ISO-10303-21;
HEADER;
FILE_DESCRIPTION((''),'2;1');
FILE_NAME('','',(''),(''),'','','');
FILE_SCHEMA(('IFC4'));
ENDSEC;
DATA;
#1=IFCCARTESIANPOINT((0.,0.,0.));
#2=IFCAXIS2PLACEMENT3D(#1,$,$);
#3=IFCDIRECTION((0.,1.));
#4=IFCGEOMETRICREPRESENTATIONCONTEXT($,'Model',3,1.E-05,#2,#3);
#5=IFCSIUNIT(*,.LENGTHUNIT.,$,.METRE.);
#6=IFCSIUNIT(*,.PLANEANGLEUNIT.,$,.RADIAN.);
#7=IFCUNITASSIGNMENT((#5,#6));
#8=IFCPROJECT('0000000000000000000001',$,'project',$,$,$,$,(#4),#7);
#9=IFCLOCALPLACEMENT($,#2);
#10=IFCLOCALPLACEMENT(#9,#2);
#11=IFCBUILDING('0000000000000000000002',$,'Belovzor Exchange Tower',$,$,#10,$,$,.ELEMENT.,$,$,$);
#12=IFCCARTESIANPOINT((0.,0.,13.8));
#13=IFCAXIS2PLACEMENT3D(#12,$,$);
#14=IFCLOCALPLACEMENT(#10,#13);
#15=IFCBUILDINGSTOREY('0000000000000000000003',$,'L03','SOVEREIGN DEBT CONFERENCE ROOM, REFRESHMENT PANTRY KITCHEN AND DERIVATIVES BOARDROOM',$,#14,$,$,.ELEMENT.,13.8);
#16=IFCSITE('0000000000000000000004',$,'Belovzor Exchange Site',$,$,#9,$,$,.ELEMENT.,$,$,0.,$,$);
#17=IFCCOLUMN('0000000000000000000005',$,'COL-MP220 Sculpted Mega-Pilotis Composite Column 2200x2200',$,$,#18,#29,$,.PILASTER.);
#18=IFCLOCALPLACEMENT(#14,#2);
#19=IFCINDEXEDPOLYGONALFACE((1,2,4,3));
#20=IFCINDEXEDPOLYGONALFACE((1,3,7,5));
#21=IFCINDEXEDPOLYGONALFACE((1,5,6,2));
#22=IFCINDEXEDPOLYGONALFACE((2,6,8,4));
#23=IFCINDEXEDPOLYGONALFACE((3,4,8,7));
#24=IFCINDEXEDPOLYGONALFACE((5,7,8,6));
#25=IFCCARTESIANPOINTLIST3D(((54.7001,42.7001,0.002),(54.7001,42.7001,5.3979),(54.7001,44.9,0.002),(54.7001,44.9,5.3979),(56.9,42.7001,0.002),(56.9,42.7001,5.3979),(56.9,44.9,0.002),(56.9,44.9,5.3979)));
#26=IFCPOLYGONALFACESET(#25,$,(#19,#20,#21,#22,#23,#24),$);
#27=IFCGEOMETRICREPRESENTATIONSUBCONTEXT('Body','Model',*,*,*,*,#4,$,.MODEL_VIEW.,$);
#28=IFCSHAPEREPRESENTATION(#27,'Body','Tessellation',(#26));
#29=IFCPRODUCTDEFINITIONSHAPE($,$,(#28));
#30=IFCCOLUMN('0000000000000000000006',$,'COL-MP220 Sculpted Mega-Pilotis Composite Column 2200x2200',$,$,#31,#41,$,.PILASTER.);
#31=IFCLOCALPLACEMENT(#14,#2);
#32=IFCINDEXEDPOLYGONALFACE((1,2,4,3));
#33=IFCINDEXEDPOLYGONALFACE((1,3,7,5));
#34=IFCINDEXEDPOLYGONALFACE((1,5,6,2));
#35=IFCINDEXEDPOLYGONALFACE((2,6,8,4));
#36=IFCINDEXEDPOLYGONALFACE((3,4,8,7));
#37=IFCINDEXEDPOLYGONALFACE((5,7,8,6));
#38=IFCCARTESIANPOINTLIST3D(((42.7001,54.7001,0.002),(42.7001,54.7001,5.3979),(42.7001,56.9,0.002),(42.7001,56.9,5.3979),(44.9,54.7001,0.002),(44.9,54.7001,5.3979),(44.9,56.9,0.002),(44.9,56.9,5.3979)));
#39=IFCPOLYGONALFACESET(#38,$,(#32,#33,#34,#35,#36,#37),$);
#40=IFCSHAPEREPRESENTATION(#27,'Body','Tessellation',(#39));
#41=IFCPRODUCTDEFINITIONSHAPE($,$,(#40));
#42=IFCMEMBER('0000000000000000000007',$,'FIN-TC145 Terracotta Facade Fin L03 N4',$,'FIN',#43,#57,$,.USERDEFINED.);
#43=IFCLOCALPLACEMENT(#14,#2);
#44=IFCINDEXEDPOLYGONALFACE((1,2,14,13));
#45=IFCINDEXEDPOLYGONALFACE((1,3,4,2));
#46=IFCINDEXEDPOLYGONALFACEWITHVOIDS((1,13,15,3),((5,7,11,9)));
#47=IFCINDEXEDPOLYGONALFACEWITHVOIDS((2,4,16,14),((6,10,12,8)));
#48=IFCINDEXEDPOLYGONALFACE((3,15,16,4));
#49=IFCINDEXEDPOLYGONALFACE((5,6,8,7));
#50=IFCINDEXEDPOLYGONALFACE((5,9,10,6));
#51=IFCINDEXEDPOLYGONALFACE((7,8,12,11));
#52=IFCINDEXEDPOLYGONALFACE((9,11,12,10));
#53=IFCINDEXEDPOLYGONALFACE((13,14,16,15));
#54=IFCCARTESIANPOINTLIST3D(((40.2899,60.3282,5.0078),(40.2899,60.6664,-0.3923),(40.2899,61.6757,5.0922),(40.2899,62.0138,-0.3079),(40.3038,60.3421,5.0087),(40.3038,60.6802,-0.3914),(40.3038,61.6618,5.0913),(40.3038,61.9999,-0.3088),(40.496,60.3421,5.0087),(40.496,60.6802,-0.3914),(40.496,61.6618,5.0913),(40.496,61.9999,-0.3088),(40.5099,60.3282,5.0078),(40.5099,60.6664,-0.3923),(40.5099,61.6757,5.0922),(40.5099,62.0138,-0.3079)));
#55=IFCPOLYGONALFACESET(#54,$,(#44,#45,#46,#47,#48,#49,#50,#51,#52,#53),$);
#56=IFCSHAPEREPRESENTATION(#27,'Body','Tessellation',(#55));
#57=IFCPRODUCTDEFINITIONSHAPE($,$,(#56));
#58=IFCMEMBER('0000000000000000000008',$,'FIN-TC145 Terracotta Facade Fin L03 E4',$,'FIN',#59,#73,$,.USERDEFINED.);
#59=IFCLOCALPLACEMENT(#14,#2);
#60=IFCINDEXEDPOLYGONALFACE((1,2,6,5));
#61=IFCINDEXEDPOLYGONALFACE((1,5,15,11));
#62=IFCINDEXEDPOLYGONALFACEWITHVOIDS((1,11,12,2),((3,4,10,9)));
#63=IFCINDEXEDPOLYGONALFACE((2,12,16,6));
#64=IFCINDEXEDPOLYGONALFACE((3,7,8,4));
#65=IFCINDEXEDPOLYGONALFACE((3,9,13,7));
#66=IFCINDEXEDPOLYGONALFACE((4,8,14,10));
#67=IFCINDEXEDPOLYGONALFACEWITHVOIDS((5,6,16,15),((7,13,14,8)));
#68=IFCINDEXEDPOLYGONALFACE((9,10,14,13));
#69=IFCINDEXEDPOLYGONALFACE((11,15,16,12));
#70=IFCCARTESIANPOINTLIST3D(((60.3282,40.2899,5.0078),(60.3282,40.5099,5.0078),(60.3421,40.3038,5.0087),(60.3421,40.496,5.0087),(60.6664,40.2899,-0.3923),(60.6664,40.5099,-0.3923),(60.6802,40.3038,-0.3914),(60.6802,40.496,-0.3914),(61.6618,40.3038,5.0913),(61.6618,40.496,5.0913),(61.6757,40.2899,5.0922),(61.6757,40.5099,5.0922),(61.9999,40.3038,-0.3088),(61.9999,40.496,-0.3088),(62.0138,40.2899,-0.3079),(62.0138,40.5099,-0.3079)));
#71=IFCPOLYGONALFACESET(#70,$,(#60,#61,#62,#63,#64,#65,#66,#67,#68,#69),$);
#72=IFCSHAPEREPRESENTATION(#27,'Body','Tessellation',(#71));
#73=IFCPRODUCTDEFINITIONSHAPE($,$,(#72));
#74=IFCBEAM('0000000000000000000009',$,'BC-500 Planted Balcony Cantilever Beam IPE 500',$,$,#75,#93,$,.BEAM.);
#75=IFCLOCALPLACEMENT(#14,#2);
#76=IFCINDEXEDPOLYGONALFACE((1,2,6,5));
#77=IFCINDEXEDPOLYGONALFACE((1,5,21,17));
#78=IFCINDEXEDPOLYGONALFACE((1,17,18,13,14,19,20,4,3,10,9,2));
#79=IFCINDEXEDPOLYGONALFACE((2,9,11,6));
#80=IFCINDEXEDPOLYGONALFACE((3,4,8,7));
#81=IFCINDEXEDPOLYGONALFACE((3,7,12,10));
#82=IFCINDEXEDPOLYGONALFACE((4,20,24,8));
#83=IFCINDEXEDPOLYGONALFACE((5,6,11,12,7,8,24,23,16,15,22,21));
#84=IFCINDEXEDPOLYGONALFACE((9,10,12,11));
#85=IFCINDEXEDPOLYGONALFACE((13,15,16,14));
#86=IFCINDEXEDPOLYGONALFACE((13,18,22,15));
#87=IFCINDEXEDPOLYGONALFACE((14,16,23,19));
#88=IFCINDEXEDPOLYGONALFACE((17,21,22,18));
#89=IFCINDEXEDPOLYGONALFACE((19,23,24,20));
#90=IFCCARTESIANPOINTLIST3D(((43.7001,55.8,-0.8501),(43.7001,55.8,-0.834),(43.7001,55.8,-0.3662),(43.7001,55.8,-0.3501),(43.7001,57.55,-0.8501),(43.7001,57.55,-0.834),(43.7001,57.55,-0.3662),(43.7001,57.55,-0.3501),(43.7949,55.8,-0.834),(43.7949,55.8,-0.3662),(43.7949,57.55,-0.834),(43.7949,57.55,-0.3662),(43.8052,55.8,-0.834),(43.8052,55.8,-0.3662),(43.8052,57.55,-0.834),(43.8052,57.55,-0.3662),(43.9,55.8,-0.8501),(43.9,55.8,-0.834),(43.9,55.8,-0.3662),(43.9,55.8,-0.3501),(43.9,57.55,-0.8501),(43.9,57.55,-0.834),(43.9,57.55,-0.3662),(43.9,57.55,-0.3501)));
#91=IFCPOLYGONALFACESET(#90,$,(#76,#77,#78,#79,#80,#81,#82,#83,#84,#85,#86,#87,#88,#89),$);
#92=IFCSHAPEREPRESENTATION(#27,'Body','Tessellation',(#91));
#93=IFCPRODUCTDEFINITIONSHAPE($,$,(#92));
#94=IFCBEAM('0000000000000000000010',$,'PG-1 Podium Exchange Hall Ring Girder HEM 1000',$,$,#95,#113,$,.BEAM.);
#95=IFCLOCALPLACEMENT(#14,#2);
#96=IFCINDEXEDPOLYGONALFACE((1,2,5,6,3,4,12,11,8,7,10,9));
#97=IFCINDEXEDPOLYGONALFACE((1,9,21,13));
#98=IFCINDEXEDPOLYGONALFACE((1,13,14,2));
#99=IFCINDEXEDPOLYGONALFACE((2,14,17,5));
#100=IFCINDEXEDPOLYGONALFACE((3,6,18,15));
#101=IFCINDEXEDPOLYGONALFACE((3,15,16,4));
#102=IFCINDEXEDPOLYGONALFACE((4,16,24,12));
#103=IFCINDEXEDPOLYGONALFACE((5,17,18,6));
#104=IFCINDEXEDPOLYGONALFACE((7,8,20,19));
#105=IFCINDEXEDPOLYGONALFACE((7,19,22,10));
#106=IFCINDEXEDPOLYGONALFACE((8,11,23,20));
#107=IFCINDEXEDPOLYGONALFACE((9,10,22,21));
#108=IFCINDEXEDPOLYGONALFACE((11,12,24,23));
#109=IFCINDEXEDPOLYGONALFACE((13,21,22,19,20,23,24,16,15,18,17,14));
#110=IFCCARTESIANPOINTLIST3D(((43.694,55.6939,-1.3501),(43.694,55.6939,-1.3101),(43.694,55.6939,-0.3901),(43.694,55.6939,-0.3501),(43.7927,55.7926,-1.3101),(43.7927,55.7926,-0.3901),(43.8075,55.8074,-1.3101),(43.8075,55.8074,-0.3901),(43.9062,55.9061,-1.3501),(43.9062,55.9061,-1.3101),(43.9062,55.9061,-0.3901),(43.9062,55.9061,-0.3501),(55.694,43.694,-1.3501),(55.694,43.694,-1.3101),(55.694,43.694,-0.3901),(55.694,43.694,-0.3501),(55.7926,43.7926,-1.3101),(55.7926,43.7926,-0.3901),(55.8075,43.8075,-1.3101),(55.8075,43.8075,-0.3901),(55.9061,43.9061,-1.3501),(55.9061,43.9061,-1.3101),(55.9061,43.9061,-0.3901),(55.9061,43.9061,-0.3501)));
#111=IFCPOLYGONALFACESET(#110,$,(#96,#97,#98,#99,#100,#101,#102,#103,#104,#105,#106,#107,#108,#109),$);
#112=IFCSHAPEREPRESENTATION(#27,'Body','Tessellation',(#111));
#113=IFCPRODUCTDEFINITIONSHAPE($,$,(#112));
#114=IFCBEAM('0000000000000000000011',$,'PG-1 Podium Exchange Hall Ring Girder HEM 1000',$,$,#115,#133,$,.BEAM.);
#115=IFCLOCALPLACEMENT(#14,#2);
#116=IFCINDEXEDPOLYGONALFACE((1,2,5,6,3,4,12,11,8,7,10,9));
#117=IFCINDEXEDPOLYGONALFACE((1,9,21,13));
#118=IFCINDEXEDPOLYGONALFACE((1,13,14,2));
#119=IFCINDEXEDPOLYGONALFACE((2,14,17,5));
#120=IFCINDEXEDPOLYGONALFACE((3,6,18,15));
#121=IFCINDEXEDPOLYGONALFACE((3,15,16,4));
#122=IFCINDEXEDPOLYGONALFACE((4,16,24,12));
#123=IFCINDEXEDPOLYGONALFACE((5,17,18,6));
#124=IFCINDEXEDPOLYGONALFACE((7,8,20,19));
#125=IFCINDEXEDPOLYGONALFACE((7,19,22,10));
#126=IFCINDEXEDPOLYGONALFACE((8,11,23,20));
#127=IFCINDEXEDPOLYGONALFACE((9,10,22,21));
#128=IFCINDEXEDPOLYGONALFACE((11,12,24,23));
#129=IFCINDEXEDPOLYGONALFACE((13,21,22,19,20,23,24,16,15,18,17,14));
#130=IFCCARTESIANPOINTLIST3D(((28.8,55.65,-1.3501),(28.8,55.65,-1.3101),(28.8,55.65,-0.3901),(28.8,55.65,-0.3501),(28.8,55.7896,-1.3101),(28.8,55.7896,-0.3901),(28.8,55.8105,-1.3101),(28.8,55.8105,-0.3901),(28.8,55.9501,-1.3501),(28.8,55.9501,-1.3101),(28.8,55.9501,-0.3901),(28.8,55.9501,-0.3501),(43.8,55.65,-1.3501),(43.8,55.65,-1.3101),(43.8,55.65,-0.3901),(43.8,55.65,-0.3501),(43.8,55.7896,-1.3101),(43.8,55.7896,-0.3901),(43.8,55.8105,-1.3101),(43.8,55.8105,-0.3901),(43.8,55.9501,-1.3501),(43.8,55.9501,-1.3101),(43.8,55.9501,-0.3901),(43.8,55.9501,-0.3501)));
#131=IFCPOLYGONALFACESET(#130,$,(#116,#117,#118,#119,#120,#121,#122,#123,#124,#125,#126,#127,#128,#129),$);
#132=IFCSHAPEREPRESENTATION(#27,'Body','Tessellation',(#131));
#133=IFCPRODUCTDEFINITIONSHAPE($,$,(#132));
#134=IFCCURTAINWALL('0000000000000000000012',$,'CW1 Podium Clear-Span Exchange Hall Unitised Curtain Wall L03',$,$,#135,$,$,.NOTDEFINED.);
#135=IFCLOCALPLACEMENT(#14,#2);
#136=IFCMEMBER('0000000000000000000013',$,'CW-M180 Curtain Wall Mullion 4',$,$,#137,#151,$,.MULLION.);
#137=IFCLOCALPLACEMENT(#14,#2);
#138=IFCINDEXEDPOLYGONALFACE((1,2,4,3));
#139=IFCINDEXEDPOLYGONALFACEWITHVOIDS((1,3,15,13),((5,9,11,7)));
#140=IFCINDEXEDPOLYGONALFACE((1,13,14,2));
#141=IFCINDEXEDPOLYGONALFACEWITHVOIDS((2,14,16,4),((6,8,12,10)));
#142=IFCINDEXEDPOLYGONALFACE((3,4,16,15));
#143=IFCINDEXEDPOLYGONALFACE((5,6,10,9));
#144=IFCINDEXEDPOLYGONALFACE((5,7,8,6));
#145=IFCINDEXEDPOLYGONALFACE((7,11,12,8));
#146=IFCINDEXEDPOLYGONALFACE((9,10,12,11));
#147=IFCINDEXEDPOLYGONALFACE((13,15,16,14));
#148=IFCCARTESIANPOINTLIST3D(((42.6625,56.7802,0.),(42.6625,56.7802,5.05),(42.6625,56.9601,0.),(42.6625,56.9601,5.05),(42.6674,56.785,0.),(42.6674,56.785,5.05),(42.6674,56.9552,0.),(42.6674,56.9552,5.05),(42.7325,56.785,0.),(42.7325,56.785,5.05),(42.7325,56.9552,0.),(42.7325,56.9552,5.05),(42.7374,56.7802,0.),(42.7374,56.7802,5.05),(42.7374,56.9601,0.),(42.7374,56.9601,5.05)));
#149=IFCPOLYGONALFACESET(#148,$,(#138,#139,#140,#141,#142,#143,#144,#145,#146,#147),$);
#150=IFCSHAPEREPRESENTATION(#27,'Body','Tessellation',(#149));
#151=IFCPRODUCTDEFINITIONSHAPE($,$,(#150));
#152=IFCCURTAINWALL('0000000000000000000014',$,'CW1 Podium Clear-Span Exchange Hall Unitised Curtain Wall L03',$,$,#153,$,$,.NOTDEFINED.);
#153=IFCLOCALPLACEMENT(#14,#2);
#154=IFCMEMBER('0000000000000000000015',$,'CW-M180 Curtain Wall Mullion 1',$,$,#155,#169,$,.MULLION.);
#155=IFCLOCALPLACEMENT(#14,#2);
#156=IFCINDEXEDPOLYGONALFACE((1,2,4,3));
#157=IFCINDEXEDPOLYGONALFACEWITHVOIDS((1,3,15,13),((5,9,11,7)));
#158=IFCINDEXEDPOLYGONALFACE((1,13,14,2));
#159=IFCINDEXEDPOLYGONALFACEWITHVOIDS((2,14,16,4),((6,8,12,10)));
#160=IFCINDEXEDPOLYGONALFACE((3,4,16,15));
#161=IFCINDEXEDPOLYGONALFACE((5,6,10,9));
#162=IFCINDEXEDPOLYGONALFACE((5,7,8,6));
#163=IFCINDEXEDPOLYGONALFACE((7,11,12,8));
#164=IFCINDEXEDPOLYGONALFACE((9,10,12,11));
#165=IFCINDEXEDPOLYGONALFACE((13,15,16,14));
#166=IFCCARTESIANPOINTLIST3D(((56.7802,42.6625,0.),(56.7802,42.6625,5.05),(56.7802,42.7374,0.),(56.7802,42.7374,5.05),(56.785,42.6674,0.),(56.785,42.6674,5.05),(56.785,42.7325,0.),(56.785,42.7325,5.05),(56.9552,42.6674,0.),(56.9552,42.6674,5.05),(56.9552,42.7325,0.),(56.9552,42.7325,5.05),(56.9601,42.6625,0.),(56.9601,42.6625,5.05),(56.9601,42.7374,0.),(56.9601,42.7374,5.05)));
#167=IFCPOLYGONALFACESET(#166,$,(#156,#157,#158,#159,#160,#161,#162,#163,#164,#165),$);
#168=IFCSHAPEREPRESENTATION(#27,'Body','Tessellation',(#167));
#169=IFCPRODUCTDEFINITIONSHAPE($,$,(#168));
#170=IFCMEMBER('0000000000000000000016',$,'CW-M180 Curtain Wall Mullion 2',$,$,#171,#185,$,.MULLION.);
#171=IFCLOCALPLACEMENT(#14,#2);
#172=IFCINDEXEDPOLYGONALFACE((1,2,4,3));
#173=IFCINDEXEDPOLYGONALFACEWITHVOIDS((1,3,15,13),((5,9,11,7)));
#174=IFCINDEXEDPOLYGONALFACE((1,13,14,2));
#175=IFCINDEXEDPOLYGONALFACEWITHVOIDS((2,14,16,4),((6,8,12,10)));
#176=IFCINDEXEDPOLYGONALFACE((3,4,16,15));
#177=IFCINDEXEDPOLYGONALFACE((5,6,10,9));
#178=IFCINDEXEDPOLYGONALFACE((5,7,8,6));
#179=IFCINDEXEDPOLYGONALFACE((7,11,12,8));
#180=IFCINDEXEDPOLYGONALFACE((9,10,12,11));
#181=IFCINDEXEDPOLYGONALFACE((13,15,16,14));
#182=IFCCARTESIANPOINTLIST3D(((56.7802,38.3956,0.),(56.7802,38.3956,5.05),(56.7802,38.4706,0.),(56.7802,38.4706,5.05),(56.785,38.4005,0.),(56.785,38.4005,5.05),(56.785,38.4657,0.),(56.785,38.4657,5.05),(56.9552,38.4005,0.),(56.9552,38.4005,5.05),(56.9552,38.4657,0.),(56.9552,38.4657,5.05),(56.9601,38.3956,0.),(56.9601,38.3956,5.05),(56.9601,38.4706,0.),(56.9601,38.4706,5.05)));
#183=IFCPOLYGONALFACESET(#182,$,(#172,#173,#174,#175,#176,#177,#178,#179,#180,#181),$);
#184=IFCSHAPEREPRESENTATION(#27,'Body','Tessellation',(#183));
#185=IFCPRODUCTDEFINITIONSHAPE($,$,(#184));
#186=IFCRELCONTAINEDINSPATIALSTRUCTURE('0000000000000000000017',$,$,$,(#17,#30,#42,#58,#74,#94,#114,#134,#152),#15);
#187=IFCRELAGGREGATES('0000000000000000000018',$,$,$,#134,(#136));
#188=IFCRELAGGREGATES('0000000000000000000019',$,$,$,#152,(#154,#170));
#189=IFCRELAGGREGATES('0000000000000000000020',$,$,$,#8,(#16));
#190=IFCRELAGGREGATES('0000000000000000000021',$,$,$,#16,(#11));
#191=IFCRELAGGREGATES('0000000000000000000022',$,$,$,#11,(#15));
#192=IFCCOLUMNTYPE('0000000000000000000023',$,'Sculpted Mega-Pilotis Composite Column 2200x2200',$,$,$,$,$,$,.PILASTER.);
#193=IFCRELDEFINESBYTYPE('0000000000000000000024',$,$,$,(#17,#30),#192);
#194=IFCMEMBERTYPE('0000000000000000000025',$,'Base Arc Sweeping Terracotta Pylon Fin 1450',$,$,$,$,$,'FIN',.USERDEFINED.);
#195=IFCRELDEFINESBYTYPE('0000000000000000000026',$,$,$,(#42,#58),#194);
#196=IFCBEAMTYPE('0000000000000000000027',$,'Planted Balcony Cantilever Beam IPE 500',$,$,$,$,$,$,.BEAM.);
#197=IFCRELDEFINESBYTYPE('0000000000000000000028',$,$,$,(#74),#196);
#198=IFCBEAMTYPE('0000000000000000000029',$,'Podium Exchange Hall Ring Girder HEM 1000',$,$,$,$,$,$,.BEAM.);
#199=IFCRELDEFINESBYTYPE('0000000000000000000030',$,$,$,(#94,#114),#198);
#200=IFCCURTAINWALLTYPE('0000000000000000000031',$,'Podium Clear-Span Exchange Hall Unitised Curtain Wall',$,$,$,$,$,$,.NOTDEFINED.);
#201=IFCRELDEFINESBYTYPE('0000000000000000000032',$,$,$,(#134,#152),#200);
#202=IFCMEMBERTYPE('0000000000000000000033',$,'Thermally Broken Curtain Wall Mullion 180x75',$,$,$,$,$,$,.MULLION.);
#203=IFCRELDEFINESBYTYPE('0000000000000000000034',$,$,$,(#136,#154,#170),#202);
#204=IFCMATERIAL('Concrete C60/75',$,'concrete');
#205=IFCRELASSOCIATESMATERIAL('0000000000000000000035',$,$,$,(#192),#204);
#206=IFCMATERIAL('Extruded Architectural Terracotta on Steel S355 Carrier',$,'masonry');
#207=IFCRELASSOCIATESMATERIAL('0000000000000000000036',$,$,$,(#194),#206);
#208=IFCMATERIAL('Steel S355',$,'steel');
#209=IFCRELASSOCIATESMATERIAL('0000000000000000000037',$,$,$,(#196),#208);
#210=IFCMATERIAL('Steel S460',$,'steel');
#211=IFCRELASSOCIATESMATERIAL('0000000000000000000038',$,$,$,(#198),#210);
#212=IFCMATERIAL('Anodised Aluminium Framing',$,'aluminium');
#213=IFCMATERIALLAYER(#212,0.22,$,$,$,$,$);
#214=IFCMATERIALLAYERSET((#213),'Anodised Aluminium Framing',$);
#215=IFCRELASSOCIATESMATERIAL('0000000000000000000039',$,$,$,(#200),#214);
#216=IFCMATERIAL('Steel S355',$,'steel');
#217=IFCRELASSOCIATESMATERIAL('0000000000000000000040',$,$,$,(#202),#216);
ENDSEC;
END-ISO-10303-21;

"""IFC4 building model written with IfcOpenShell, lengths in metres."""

from ifc_helpers import new_model, si_unit, direction, frame, origin, origin_2d, place, context, subcontext, project, spatial, rectangle, hollow_rectangle, i_section, extrude, material, layer, layer_set, material_profile, profile_set, type_object, element, aggregate, save


model = new_model("IFC4")

# Units and contexts
model_context = context("Model", 3, precision=1e-05, world=origin(), true_north=direction((0.0, 1.0)))
body_context = subcontext(model_context, "Body", "Model", "MODEL_VIEW")
ifc_project = project(units=[si_unit("LENGTHUNIT", "METRE"), si_unit("PLANEANGLEUNIT", "RADIAN")], contexts=[model_context])

# Site, building, storey
site_placement = place(None, origin())
site = spatial("IfcSite", under=ifc_project, at=site_placement, Name="Belovzor Exchange Site", CompositionType="ELEMENT", RefElevation=0.0)
building_placement = place(site_placement, origin())
building = spatial("IfcBuilding", under=site, at=building_placement, Name="Belovzor Exchange Tower", CompositionType="ELEMENT")
storey_placement = place(building_placement, frame((0.0, 0.0, 13.8)))
storey = spatial("IfcBuildingStorey", under=building, at=storey_placement, Name="L03", Description="SOVEREIGN DEBT CONFERENCE ROOM, REFRESHMENT PANTRY KITCHEN AND DERIVATIVES BOARDROOM", CompositionType="ELEMENT", Elevation=13.8)

# Columns
ifc_material_1 = material(Name="Concrete C60/75", Category="concrete")
ifc_material_profile_1 = material_profile(ifc_material_1, rectangle(XDim=2.2, YDim=2.2, at=origin_2d()))
ifc_profile_set_1 = profile_set([ifc_material_profile_1], Name="Concrete C60/75")
column_type = type_object("IfcColumnType", Name="Sculpted Mega-Pilotis Composite Column 2200x2200", PredefinedType="PILASTER", material=ifc_profile_set_1)
for number, where, z_axis, x_axis, name in (
    (1, (55.8, 43.8, 0.002), (0.0, 0.0, 1.0), (1.0, 0.0, 0.0), "COL-MP220 Sculpted Mega-Pilotis Composite Column 2200x2200"),
    (2, (43.8, 55.8, 0.002), (0.0, 0.0, 1.0), (1.0, 0.0, 0.0), "COL-MP220 Sculpted Mega-Pilotis Composite Column 2200x2200"),
):
    element("IfcColumn", number, at=place(storey_placement, frame(where, z_axis=z_axis, x_axis=x_axis)), inside=storey, type_object=column_type, Name=name, PredefinedType="PILASTER", context=body_context, shape_type="SweptSolid", body=[
        extrude(rectangle(XDim=2.2, YDim=2.2, at=origin_2d()), origin(), (0.0, 0.0, 1.0), 5.396),
    ])

# Members
ifc_material_2 = material(Name="Extruded Architectural Terracotta on Steel S355 Carrier", Category="masonry")
ifc_material_profile_2 = material_profile(ifc_material_2, hollow_rectangle(XDim=0.22, YDim=1.3501, WallThickness=0.0139, at=origin_2d()))
ifc_profile_set_2 = profile_set([ifc_material_profile_2], Name="Extruded Architectural Terracotta on Steel S355 Carrier")
member_type_1 = type_object("IfcMemberType", Name="Base Arc Sweeping Terracotta Pylon Fin 1450", ElementType="FIN", PredefinedType="USERDEFINED", material=ifc_profile_set_2)
for number, where, z_axis, x_axis, name in (
    (3, (40.3999, 61.3401, -0.3501), (0.0, -0.062493, 0.998045), (1.0, 0.0, 0.0), "FIN-TC145 Terracotta Facade Fin L03 N4"),
    (4, (61.3401, 40.3999, -0.3501), (-0.062493, 0.0, 0.998045), (0.0, -1.0, 0.0), "FIN-TC145 Terracotta Facade Fin L03 E4"),
):
    element("IfcMember", number, at=place(storey_placement, frame(where, z_axis=z_axis, x_axis=x_axis)), inside=storey, type_object=member_type_1, Name=name, ObjectType="FIN", PredefinedType="USERDEFINED", context=body_context, shape_type="SweptSolid", body=[
        extrude(hollow_rectangle(XDim=0.22, YDim=1.3501, WallThickness=0.0139, at=origin_2d()), origin(), (0.0, 0.0, 1.0), 5.4106),
    ])

# Beams
ifc_material_3 = material(Name="Steel S355", Category="steel")
ifc_material_profile_3 = material_profile(ifc_material_3, i_section(OverallWidth=0.2, OverallDepth=0.5, WebThickness=0.0103, FlangeThickness=0.0161, at=origin_2d()))
ifc_profile_set_3 = profile_set([ifc_material_profile_3], Name="Steel S355")
beam_type_1 = type_object("IfcBeamType", Name="Planted Balcony Cantilever Beam IPE 500", PredefinedType="BEAM", material=ifc_profile_set_3)
beam_1_placement = place(storey_placement, frame((43.8, 55.8, -0.6001), z_axis=(0.0, 1.0, 0.0), x_axis=(-1.0, 0.0, 0.0)))
element("IfcBeam", 5, at=beam_1_placement, inside=storey, type_object=beam_type_1, Name="BC-500 Planted Balcony Cantilever Beam IPE 500", PredefinedType="BEAM", context=body_context, shape_type="SweptSolid", body=[
    extrude(i_section(OverallWidth=0.2, OverallDepth=0.5, WebThickness=0.0103, FlangeThickness=0.0161, at=origin_2d()), origin(), (0.0, 0.0, 1.0), 1.75),
])
ifc_material_4 = material(Name="Steel S460", Category="steel")
ifc_material_profile_4 = material_profile(ifc_material_4, i_section(OverallWidth=0.3, OverallDepth=1.0, WebThickness=0.021, FlangeThickness=0.04, at=origin_2d()))
ifc_profile_set_4 = profile_set([ifc_material_profile_4], Name="Steel S460")
beam_type_2 = type_object("IfcBeamType", Name="Podium Exchange Hall Ring Girder HEM 1000", PredefinedType="BEAM", material=ifc_profile_set_4)
beam_2_placement = place(storey_placement, frame((55.8, 43.8, -0.8501), z_axis=(-0.707107, 0.707107, 0.0), x_axis=(-0.707107, -0.707107, 0.0)))
element("IfcBeam", 6, at=beam_2_placement, inside=storey, type_object=beam_type_2, Name="PG-1 Podium Exchange Hall Ring Girder HEM 1000", PredefinedType="BEAM", context=body_context, shape_type="SweptSolid", body=[
    extrude(i_section(OverallWidth=0.3, OverallDepth=1.0, WebThickness=0.021, FlangeThickness=0.04, at=origin_2d()), origin(), (0.0, 0.0, 1.0), 16.9705),
])
beam_3_placement = place(storey_placement, frame((43.8, 55.8, -0.8501), z_axis=(-1.0, 0.0, 0.0), x_axis=(0.0, -1.0, 0.0)))
element("IfcBeam", 7, at=beam_3_placement, inside=storey, type_object=beam_type_2, Name="PG-1 Podium Exchange Hall Ring Girder HEM 1000", PredefinedType="BEAM", context=body_context, shape_type="SweptSolid", body=[
    extrude(i_section(OverallWidth=0.3, OverallDepth=1.0, WebThickness=0.021, FlangeThickness=0.04, at=origin_2d()), origin(), (0.0, 0.0, 1.0), 15.0),
])

# Curtain wall, member
ifc_material_5 = material(Name="Anodised Aluminium Framing", Category="aluminium")
ifc_layer_1 = layer(ifc_material_5, 0.22)
ifc_layer_set_1 = layer_set([ifc_layer_1], Name="Anodised Aluminium Framing")
curtain_wall_type = type_object("IfcCurtainWallType", Name="Podium Clear-Span Exchange Hall Unitised Curtain Wall", PredefinedType="NOTDEFINED", material=ifc_layer_set_1)
curtain_wall_1_placement = place(storey_placement, origin())
curtain_wall_1 = element("IfcCurtainWall", 8, at=curtain_wall_1_placement, inside=storey, type_object=curtain_wall_type, Name="CW1 Podium Clear-Span Exchange Hall Unitised Curtain Wall L03", PredefinedType="NOTDEFINED")
ifc_material_6 = material(Name="Steel S355", Category="steel")
ifc_material_profile_5 = material_profile(ifc_material_6, hollow_rectangle(XDim=0.075, YDim=0.1799, WallThickness=0.0049, at=origin_2d()))
ifc_profile_set_5 = profile_set([ifc_material_profile_5], Name="Steel S355")
member_type_2 = type_object("IfcMemberType", Name="Thermally Broken Curtain Wall Mullion 180x75", PredefinedType="MULLION", material=ifc_profile_set_5)
member_1_placement = place(storey_placement, frame((42.7, 56.8701, 0.0), z_axis=(0.0, 0.0, 1.0), x_axis=(1.0, 0.0, 0.0)))
member_1 = element("IfcMember", 9, at=member_1_placement, type_object=member_type_2, Name="CW-M180 Curtain Wall Mullion 4", PredefinedType="MULLION", context=body_context, shape_type="SweptSolid", body=[
    extrude(hollow_rectangle(XDim=0.075, YDim=0.1799, WallThickness=0.0049, at=origin_2d()), origin(), (0.0, 0.0, 1.0), 5.05),
])

# Curtain wall, members
curtain_wall_2_placement = place(storey_placement, origin())
curtain_wall_2 = element("IfcCurtainWall", 10, at=curtain_wall_2_placement, inside=storey, type_object=curtain_wall_type, Name="CW1 Podium Clear-Span Exchange Hall Unitised Curtain Wall L03", PredefinedType="NOTDEFINED")
member_2_placement = place(storey_placement, frame((56.8701, 42.7, 0.0), z_axis=(0.0, 0.0, 1.0), x_axis=(0.0, -1.0, 0.0)))
member_2 = element("IfcMember", 11, at=member_2_placement, type_object=member_type_2, Name="CW-M180 Curtain Wall Mullion 1", PredefinedType="MULLION", context=body_context, shape_type="SweptSolid", body=[
    extrude(hollow_rectangle(XDim=0.075, YDim=0.1799, WallThickness=0.0049, at=origin_2d()), origin(), (0.0, 0.0, 1.0), 5.05),
])
member_3_placement = place(storey_placement, frame((56.8701, 38.4331, 0.0), z_axis=(0.0, 0.0, 1.0), x_axis=(0.0, -1.0, 0.0)))
member_3 = element("IfcMember", 12, at=member_3_placement, type_object=member_type_2, Name="CW-M180 Curtain Wall Mullion 2", PredefinedType="MULLION", context=body_context, shape_type="SweptSolid", body=[
    extrude(hollow_rectangle(XDim=0.075, YDim=0.1799, WallThickness=0.0049, at=origin_2d()), origin(), (0.0, 0.0, 1.0), 5.05),
])

aggregate(curtain_wall_1, [member_1])
aggregate(curtain_wall_2, [member_2, member_3])

save(model, "model.ifc")
